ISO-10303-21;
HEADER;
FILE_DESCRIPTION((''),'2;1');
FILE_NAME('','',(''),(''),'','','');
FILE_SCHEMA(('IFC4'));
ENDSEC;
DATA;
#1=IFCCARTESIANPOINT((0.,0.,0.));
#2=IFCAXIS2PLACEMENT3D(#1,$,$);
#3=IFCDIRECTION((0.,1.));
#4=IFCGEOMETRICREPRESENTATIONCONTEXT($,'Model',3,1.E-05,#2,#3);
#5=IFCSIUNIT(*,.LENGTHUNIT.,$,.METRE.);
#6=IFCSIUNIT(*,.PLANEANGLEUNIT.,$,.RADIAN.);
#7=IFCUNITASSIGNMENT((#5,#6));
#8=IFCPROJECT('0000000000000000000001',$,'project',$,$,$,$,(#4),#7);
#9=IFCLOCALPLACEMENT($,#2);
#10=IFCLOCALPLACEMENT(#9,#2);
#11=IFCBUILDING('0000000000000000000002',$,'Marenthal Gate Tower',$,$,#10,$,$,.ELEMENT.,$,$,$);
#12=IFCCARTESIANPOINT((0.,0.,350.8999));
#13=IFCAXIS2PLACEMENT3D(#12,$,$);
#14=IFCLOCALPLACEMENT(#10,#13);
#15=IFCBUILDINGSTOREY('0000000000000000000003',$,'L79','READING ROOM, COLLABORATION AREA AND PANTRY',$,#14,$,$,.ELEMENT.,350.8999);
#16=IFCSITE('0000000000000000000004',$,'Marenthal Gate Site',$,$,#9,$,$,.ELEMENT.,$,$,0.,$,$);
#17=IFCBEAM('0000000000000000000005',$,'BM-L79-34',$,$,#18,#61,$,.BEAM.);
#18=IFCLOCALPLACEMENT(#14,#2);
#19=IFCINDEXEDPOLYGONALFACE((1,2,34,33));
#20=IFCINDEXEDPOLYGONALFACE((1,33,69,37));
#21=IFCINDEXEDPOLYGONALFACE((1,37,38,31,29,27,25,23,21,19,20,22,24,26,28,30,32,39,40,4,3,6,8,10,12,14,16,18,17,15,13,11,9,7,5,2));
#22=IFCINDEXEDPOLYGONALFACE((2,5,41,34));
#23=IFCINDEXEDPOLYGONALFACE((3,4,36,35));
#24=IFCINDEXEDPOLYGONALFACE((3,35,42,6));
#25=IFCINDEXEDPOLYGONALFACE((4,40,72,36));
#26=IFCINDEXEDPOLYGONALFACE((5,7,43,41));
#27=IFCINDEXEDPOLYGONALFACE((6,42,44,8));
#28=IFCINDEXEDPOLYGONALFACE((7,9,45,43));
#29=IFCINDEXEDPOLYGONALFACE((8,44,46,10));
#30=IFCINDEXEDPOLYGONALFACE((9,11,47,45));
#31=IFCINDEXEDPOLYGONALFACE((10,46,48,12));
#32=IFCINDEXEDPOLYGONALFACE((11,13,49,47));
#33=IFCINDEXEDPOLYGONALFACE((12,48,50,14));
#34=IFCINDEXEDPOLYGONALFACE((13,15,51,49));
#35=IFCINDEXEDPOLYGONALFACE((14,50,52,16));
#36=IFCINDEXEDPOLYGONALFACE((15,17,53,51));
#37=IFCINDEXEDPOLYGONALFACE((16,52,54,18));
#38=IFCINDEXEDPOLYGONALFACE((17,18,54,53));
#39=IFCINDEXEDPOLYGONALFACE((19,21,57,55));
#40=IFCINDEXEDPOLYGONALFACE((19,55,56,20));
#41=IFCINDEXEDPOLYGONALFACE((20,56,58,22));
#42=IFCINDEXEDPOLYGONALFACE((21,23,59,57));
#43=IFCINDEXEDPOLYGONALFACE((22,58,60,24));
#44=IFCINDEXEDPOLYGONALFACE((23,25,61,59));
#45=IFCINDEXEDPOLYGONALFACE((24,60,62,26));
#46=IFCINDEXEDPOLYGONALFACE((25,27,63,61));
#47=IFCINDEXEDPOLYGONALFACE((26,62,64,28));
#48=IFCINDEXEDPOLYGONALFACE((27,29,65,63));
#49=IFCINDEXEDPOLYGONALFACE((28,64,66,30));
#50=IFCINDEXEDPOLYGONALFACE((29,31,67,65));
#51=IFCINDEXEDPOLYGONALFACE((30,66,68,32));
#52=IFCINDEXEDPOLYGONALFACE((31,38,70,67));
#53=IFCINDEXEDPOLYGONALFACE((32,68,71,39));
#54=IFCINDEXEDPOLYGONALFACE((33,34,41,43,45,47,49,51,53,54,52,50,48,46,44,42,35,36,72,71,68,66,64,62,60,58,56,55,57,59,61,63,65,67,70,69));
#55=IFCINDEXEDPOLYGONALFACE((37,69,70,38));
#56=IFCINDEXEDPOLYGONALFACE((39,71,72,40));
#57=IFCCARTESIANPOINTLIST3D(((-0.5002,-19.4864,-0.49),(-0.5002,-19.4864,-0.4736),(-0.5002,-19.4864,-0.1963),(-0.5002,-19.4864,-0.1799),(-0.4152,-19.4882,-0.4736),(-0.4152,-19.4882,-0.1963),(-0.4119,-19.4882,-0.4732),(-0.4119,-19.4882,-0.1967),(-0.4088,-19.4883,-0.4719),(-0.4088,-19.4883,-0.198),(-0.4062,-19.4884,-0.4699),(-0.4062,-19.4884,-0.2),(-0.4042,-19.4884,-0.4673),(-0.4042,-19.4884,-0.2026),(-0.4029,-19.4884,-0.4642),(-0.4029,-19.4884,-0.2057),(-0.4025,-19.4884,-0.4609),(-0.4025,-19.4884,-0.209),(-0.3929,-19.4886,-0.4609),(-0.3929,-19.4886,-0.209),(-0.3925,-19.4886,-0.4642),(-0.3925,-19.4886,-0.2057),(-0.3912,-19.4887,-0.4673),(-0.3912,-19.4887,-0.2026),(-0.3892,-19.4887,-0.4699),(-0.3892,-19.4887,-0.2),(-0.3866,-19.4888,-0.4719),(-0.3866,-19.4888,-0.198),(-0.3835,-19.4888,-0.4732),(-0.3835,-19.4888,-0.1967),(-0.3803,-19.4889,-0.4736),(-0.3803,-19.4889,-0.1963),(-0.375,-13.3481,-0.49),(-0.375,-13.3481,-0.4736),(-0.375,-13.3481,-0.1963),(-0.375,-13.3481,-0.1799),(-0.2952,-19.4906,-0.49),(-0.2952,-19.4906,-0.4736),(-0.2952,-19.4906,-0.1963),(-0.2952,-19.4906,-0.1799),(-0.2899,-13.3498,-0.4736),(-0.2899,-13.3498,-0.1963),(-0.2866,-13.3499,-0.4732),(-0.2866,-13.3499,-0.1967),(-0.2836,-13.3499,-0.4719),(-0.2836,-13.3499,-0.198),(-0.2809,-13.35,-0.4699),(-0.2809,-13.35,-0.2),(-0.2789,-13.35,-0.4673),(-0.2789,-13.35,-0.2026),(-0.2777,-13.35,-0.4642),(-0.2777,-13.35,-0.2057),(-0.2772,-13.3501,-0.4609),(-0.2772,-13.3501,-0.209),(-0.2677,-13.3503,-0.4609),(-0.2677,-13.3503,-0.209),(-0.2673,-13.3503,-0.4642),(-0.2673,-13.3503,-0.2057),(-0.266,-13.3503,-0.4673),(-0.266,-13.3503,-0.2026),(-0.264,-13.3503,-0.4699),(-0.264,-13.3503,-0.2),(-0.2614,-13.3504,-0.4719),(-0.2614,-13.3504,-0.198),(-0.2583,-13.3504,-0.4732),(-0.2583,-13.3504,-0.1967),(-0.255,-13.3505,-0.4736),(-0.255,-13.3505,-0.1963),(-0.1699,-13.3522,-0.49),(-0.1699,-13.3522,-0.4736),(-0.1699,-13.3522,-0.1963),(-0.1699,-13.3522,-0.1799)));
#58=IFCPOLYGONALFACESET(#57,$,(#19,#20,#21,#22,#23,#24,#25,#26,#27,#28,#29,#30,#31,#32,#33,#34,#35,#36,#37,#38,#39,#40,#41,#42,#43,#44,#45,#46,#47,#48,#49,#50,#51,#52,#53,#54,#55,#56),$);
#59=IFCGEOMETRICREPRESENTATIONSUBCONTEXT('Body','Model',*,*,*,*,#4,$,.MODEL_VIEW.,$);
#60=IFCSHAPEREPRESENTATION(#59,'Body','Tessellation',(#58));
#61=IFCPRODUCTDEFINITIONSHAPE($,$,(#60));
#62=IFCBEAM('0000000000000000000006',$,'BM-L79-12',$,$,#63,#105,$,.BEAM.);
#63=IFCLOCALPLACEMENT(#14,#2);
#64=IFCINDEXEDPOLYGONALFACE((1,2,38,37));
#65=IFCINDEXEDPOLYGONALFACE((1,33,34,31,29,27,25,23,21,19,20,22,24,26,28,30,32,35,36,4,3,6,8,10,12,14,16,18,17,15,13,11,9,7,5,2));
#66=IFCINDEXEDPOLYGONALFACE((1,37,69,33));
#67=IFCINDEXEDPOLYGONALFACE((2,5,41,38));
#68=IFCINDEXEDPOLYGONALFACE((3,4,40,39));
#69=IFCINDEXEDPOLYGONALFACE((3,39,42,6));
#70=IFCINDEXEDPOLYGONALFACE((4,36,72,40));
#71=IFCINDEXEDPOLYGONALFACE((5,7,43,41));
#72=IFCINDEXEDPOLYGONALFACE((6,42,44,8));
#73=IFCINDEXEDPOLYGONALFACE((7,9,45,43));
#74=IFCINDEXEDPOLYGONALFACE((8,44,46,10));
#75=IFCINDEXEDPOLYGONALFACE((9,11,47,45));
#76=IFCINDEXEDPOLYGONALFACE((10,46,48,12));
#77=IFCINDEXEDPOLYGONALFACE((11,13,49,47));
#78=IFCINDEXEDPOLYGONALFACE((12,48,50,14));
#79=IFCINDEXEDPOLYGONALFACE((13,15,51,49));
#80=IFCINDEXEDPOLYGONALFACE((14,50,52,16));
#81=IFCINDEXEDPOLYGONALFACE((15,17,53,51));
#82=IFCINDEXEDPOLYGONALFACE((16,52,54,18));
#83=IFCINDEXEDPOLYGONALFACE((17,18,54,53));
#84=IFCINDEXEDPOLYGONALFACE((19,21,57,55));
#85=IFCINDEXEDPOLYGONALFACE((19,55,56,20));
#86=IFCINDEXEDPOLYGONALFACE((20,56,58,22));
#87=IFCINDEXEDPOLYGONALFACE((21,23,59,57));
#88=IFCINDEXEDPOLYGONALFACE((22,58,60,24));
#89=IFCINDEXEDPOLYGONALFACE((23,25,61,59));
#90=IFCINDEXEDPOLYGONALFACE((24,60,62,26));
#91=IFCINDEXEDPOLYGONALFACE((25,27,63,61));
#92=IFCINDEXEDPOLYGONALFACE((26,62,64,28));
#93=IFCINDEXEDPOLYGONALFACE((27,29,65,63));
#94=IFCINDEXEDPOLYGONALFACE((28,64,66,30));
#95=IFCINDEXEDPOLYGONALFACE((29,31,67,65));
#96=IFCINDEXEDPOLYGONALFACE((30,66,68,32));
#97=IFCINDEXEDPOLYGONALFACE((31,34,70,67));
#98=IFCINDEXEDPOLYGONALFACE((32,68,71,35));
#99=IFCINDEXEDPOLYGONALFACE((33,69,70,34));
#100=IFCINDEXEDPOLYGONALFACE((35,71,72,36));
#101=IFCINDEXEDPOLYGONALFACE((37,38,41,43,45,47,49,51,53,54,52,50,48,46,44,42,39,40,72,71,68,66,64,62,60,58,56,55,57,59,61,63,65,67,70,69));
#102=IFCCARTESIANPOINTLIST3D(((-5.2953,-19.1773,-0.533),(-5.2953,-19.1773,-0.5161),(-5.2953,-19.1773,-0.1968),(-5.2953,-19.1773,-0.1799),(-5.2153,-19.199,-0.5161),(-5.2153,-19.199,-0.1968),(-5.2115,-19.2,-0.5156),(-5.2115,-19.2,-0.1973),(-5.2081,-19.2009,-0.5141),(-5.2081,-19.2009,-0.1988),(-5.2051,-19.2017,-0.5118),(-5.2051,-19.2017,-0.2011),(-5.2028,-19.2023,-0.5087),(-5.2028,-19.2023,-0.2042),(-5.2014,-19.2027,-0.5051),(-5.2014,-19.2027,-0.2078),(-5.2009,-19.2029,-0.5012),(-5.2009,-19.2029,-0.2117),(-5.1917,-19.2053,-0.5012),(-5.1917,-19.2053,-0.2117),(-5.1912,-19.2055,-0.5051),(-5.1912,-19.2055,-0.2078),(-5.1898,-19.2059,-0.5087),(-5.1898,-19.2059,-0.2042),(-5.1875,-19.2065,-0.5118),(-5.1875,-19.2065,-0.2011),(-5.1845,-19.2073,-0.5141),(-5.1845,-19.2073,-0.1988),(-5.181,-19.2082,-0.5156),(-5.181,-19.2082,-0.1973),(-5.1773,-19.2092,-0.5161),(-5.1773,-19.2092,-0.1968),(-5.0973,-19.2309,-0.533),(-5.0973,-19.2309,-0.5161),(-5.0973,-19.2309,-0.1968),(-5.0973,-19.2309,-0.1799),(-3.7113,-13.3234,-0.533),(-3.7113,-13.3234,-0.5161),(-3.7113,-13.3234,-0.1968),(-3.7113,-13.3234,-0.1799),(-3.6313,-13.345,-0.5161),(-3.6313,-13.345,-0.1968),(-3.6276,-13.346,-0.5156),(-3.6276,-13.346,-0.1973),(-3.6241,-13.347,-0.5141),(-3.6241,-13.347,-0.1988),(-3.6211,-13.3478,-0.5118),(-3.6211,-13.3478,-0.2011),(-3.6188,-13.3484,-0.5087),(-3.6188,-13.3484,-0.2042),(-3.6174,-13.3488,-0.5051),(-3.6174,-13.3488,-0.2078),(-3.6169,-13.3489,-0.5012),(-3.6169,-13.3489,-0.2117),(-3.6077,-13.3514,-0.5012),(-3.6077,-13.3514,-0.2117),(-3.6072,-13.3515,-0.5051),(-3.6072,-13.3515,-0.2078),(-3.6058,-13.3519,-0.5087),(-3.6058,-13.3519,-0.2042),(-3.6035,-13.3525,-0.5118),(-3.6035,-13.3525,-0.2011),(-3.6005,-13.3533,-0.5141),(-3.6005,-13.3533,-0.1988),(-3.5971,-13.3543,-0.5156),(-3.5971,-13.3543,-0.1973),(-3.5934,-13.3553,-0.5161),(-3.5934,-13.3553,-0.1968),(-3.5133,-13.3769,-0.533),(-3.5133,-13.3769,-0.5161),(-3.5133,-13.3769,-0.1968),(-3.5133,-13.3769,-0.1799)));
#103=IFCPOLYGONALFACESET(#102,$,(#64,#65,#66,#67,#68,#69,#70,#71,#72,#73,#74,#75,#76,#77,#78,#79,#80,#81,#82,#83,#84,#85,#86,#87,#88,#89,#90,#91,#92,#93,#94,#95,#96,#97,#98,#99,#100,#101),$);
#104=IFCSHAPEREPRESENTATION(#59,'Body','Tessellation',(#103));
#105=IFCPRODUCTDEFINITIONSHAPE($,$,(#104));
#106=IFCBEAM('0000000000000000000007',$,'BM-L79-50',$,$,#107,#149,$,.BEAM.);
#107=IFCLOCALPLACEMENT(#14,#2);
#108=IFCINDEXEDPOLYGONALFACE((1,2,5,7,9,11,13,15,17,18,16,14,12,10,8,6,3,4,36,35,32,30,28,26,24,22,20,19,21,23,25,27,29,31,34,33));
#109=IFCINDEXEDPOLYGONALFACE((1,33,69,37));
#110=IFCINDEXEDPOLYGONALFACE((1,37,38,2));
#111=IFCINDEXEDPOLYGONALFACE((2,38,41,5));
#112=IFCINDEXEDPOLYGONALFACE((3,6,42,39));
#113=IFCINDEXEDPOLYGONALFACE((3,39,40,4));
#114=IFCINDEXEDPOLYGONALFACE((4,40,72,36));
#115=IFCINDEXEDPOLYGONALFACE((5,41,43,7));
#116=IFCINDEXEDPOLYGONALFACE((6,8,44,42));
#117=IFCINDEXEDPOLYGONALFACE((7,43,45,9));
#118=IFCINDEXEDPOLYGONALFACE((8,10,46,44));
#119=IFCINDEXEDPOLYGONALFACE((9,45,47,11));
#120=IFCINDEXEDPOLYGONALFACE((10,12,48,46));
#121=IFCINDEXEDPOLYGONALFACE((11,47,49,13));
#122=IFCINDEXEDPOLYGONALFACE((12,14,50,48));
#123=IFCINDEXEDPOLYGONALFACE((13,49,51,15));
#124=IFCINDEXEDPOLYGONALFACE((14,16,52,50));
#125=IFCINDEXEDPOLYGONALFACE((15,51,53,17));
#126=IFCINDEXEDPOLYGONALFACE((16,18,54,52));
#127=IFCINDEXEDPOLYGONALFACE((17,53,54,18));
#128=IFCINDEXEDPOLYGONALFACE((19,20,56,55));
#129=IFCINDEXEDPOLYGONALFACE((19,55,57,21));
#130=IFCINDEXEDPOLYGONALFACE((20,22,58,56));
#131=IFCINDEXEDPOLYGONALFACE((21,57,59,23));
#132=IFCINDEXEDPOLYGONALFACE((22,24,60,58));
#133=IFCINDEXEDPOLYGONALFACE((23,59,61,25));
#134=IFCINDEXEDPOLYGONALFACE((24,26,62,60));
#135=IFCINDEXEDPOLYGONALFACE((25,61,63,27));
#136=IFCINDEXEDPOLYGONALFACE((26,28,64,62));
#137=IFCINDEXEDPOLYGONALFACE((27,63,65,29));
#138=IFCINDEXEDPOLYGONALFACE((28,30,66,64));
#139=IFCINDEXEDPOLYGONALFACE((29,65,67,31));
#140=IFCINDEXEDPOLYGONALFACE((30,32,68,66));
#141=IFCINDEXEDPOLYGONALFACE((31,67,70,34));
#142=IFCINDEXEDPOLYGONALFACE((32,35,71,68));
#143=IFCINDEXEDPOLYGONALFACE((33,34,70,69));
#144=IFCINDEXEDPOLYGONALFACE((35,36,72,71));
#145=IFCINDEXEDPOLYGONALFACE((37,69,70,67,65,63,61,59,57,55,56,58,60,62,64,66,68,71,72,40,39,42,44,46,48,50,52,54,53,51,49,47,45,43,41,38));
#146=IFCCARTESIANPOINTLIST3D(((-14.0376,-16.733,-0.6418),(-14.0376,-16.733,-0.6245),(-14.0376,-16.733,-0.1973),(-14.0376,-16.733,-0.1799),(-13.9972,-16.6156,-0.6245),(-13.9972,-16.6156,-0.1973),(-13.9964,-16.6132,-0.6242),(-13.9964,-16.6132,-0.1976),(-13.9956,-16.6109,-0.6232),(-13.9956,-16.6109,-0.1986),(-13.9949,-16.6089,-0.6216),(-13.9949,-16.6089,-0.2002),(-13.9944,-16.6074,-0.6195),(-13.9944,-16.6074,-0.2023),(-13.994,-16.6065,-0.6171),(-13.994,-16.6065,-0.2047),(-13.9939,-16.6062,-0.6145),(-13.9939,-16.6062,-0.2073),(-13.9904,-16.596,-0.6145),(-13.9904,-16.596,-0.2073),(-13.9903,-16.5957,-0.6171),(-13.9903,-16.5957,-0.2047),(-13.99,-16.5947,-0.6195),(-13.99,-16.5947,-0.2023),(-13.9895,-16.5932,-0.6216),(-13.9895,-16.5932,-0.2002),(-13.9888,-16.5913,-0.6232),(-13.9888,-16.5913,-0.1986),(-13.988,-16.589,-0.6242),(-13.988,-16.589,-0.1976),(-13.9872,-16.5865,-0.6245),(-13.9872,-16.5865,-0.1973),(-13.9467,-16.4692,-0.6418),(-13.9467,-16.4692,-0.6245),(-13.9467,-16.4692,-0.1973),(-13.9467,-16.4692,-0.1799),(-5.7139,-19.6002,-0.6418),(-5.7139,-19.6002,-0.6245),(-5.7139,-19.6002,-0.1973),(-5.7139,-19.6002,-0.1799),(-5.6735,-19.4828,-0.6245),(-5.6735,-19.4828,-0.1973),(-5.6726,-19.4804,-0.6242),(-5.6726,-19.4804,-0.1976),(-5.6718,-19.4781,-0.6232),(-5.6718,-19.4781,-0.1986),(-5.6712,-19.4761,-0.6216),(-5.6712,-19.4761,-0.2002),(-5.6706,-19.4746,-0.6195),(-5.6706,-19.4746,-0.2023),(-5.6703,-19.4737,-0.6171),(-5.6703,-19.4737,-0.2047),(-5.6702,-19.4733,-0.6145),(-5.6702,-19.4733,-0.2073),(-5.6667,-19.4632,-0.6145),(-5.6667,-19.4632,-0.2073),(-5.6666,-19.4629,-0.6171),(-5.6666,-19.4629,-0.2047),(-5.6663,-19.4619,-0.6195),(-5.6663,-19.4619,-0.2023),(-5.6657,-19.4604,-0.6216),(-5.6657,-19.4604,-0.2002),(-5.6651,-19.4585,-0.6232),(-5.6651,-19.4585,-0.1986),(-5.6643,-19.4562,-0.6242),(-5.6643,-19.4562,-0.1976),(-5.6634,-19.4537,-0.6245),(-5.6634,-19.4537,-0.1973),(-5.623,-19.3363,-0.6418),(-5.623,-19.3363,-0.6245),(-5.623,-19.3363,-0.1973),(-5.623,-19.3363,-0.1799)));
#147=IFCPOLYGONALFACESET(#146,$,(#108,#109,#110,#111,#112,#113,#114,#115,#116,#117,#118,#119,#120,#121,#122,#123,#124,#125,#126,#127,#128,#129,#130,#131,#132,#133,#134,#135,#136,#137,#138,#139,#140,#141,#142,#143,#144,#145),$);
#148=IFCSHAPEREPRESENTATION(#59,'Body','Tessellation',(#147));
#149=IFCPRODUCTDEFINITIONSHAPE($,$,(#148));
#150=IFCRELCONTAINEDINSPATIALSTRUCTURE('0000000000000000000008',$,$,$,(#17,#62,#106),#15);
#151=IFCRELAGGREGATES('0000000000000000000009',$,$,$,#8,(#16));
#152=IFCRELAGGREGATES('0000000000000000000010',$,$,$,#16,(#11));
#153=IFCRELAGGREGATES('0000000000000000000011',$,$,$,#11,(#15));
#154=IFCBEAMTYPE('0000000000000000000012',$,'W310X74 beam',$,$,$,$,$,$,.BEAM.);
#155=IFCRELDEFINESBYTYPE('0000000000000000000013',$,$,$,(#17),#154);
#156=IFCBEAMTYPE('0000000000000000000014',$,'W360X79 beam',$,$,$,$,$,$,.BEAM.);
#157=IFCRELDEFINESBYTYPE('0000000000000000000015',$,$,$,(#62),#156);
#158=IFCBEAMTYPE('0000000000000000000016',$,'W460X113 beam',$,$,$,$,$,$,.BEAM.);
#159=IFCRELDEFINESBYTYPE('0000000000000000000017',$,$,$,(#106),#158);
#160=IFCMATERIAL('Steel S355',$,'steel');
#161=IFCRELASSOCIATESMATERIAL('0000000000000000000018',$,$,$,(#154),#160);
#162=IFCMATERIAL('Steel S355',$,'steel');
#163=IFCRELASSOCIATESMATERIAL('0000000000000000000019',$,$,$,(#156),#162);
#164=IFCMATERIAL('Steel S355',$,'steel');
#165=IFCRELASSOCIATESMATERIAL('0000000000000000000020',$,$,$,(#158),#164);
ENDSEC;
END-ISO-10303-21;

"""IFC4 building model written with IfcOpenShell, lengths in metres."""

from ifc_helpers import new_model, si_unit, direction, frame, origin, origin_2d, place, context, subcontext, project, spatial, i_section, extrude, material, material_profile, profile_set, type_object, element, save


model = new_model("IFC4")

# Units and contexts
model_context = context("Model", 3, precision=1e-05, world=origin(), true_north=direction((0.0, 1.0)))
body_context = subcontext(model_context, "Body", "Model", "MODEL_VIEW")
ifc_project = project(units=[si_unit("LENGTHUNIT", "METRE"), si_unit("PLANEANGLEUNIT", "RADIAN")], contexts=[model_context])

# Site, building, storey
site_placement = place(None, origin())
site = spatial("IfcSite", under=ifc_project, at=site_placement, Name="Marenthal Gate Site", CompositionType="ELEMENT", RefElevation=0.0)
building_placement = place(site_placement, origin())
building = spatial("IfcBuilding", under=site, at=building_placement, Name="Marenthal Gate Tower", CompositionType="ELEMENT")
storey_placement = place(building_placement, frame((0.0, 0.0, 350.8999)))
storey = spatial("IfcBuildingStorey", under=building, at=storey_placement, Name="L79", Description="READING ROOM, COLLABORATION AREA AND PANTRY", CompositionType="ELEMENT", Elevation=350.8999)

# Beams
ifc_material_1 = material(Name="Steel S355", Category="steel")
ifc_material_profile_1 = material_profile(ifc_material_1, i_section(OverallWidth=0.2051, OverallDepth=0.3101, WebThickness=0.0095, FlangeThickness=0.0164, FilletRadius=0.0127, at=origin_2d()), Name="W310X74")
ifc_profile_set_1 = profile_set([ifc_material_profile_1], Name="Steel S355")
beam_type_1 = type_object("IfcBeamType", Name="W310X74 beam", PredefinedType="BEAM", material=ifc_profile_set_1)
beam_1_placement = place(storey_placement, frame((-0.3977, -19.4885, -0.335), z_axis=(0.020399, 0.999792, 0.0), x_axis=(-0.999792, 0.020399, 0.0)))
element("IfcBeam", 1, at=beam_1_placement, inside=storey, type_object=beam_type_1, Name="BM-L79-34", PredefinedType="BEAM", context=body_context, shape_type="SweptSolid", body=[
    extrude(i_section(OverallWidth=0.2051, OverallDepth=0.3101, WebThickness=0.0095, FlangeThickness=0.0164, FilletRadius=0.0127, at=origin_2d()), origin(), (0.0, 0.0, 1.0), 6.1396),
])
ifc_material_2 = material(Name="Steel S355", Category="steel")
ifc_material_profile_2 = material_profile(ifc_material_2, i_section(OverallWidth=0.2051, OverallDepth=0.353, WebThickness=0.0095, FlangeThickness=0.0168, FilletRadius=0.0149, at=origin_2d()), Name="W360X79")
ifc_profile_set_2 = profile_set([ifc_material_profile_2], Name="Steel S355")
beam_type_2 = type_object("IfcBeamType", Name="W360X79 beam", PredefinedType="BEAM", material=ifc_profile_set_2)
beam_2_placement = place(storey_placement, frame((-5.1963, -19.2041, -0.3564), z_axis=(0.261189, 0.965288, 0.0), x_axis=(-0.965288, 0.261189, 0.0)))
element("IfcBeam", 2, at=beam_2_placement, inside=storey, type_object=beam_type_2, Name="BM-L79-12", PredefinedType="BEAM", context=body_context, shape_type="SweptSolid", body=[
    extrude(i_section(OverallWidth=0.2051, OverallDepth=0.353, WebThickness=0.0095, FlangeThickness=0.0168, FilletRadius=0.0149, at=origin_2d()), origin(), (0.0, 0.0, 1.0), 6.0645),
])
ifc_material_3 = material(Name="Steel S355", Category="steel")
ifc_material_profile_3 = material_profile(ifc_material_3, i_section(OverallWidth=0.2791, OverallDepth=0.4619, WebThickness=0.0107, FlangeThickness=0.0173, FilletRadius=0.01, at=origin_2d()), Name="W460X113")
ifc_profile_set_3 = profile_set([ifc_material_profile_3], Name="Steel S355")
beam_type_3 = type_object("IfcBeamType", Name="W460X113 beam", PredefinedType="BEAM", material=ifc_profile_set_3)
beam_3_placement = place(storey_placement, frame((-13.9922, -16.6011, -0.4109), z_axis=(0.94548, -0.32568, 0.0), x_axis=(0.32568, 0.94548, 0.0)))
element("IfcBeam", 3, at=beam_3_placement, inside=storey, type_object=beam_type_3, Name="BM-L79-50", PredefinedType="BEAM", context=body_context, shape_type="SweptSolid", body=[
    extrude(i_section(OverallWidth=0.2791, OverallDepth=0.4619, WebThickness=0.0107, FlangeThickness=0.0173, FilletRadius=0.01, at=origin_2d()), origin(), (0.0, 0.0, 1.0), 8.8037),
])

save(model, "model.ifc")
